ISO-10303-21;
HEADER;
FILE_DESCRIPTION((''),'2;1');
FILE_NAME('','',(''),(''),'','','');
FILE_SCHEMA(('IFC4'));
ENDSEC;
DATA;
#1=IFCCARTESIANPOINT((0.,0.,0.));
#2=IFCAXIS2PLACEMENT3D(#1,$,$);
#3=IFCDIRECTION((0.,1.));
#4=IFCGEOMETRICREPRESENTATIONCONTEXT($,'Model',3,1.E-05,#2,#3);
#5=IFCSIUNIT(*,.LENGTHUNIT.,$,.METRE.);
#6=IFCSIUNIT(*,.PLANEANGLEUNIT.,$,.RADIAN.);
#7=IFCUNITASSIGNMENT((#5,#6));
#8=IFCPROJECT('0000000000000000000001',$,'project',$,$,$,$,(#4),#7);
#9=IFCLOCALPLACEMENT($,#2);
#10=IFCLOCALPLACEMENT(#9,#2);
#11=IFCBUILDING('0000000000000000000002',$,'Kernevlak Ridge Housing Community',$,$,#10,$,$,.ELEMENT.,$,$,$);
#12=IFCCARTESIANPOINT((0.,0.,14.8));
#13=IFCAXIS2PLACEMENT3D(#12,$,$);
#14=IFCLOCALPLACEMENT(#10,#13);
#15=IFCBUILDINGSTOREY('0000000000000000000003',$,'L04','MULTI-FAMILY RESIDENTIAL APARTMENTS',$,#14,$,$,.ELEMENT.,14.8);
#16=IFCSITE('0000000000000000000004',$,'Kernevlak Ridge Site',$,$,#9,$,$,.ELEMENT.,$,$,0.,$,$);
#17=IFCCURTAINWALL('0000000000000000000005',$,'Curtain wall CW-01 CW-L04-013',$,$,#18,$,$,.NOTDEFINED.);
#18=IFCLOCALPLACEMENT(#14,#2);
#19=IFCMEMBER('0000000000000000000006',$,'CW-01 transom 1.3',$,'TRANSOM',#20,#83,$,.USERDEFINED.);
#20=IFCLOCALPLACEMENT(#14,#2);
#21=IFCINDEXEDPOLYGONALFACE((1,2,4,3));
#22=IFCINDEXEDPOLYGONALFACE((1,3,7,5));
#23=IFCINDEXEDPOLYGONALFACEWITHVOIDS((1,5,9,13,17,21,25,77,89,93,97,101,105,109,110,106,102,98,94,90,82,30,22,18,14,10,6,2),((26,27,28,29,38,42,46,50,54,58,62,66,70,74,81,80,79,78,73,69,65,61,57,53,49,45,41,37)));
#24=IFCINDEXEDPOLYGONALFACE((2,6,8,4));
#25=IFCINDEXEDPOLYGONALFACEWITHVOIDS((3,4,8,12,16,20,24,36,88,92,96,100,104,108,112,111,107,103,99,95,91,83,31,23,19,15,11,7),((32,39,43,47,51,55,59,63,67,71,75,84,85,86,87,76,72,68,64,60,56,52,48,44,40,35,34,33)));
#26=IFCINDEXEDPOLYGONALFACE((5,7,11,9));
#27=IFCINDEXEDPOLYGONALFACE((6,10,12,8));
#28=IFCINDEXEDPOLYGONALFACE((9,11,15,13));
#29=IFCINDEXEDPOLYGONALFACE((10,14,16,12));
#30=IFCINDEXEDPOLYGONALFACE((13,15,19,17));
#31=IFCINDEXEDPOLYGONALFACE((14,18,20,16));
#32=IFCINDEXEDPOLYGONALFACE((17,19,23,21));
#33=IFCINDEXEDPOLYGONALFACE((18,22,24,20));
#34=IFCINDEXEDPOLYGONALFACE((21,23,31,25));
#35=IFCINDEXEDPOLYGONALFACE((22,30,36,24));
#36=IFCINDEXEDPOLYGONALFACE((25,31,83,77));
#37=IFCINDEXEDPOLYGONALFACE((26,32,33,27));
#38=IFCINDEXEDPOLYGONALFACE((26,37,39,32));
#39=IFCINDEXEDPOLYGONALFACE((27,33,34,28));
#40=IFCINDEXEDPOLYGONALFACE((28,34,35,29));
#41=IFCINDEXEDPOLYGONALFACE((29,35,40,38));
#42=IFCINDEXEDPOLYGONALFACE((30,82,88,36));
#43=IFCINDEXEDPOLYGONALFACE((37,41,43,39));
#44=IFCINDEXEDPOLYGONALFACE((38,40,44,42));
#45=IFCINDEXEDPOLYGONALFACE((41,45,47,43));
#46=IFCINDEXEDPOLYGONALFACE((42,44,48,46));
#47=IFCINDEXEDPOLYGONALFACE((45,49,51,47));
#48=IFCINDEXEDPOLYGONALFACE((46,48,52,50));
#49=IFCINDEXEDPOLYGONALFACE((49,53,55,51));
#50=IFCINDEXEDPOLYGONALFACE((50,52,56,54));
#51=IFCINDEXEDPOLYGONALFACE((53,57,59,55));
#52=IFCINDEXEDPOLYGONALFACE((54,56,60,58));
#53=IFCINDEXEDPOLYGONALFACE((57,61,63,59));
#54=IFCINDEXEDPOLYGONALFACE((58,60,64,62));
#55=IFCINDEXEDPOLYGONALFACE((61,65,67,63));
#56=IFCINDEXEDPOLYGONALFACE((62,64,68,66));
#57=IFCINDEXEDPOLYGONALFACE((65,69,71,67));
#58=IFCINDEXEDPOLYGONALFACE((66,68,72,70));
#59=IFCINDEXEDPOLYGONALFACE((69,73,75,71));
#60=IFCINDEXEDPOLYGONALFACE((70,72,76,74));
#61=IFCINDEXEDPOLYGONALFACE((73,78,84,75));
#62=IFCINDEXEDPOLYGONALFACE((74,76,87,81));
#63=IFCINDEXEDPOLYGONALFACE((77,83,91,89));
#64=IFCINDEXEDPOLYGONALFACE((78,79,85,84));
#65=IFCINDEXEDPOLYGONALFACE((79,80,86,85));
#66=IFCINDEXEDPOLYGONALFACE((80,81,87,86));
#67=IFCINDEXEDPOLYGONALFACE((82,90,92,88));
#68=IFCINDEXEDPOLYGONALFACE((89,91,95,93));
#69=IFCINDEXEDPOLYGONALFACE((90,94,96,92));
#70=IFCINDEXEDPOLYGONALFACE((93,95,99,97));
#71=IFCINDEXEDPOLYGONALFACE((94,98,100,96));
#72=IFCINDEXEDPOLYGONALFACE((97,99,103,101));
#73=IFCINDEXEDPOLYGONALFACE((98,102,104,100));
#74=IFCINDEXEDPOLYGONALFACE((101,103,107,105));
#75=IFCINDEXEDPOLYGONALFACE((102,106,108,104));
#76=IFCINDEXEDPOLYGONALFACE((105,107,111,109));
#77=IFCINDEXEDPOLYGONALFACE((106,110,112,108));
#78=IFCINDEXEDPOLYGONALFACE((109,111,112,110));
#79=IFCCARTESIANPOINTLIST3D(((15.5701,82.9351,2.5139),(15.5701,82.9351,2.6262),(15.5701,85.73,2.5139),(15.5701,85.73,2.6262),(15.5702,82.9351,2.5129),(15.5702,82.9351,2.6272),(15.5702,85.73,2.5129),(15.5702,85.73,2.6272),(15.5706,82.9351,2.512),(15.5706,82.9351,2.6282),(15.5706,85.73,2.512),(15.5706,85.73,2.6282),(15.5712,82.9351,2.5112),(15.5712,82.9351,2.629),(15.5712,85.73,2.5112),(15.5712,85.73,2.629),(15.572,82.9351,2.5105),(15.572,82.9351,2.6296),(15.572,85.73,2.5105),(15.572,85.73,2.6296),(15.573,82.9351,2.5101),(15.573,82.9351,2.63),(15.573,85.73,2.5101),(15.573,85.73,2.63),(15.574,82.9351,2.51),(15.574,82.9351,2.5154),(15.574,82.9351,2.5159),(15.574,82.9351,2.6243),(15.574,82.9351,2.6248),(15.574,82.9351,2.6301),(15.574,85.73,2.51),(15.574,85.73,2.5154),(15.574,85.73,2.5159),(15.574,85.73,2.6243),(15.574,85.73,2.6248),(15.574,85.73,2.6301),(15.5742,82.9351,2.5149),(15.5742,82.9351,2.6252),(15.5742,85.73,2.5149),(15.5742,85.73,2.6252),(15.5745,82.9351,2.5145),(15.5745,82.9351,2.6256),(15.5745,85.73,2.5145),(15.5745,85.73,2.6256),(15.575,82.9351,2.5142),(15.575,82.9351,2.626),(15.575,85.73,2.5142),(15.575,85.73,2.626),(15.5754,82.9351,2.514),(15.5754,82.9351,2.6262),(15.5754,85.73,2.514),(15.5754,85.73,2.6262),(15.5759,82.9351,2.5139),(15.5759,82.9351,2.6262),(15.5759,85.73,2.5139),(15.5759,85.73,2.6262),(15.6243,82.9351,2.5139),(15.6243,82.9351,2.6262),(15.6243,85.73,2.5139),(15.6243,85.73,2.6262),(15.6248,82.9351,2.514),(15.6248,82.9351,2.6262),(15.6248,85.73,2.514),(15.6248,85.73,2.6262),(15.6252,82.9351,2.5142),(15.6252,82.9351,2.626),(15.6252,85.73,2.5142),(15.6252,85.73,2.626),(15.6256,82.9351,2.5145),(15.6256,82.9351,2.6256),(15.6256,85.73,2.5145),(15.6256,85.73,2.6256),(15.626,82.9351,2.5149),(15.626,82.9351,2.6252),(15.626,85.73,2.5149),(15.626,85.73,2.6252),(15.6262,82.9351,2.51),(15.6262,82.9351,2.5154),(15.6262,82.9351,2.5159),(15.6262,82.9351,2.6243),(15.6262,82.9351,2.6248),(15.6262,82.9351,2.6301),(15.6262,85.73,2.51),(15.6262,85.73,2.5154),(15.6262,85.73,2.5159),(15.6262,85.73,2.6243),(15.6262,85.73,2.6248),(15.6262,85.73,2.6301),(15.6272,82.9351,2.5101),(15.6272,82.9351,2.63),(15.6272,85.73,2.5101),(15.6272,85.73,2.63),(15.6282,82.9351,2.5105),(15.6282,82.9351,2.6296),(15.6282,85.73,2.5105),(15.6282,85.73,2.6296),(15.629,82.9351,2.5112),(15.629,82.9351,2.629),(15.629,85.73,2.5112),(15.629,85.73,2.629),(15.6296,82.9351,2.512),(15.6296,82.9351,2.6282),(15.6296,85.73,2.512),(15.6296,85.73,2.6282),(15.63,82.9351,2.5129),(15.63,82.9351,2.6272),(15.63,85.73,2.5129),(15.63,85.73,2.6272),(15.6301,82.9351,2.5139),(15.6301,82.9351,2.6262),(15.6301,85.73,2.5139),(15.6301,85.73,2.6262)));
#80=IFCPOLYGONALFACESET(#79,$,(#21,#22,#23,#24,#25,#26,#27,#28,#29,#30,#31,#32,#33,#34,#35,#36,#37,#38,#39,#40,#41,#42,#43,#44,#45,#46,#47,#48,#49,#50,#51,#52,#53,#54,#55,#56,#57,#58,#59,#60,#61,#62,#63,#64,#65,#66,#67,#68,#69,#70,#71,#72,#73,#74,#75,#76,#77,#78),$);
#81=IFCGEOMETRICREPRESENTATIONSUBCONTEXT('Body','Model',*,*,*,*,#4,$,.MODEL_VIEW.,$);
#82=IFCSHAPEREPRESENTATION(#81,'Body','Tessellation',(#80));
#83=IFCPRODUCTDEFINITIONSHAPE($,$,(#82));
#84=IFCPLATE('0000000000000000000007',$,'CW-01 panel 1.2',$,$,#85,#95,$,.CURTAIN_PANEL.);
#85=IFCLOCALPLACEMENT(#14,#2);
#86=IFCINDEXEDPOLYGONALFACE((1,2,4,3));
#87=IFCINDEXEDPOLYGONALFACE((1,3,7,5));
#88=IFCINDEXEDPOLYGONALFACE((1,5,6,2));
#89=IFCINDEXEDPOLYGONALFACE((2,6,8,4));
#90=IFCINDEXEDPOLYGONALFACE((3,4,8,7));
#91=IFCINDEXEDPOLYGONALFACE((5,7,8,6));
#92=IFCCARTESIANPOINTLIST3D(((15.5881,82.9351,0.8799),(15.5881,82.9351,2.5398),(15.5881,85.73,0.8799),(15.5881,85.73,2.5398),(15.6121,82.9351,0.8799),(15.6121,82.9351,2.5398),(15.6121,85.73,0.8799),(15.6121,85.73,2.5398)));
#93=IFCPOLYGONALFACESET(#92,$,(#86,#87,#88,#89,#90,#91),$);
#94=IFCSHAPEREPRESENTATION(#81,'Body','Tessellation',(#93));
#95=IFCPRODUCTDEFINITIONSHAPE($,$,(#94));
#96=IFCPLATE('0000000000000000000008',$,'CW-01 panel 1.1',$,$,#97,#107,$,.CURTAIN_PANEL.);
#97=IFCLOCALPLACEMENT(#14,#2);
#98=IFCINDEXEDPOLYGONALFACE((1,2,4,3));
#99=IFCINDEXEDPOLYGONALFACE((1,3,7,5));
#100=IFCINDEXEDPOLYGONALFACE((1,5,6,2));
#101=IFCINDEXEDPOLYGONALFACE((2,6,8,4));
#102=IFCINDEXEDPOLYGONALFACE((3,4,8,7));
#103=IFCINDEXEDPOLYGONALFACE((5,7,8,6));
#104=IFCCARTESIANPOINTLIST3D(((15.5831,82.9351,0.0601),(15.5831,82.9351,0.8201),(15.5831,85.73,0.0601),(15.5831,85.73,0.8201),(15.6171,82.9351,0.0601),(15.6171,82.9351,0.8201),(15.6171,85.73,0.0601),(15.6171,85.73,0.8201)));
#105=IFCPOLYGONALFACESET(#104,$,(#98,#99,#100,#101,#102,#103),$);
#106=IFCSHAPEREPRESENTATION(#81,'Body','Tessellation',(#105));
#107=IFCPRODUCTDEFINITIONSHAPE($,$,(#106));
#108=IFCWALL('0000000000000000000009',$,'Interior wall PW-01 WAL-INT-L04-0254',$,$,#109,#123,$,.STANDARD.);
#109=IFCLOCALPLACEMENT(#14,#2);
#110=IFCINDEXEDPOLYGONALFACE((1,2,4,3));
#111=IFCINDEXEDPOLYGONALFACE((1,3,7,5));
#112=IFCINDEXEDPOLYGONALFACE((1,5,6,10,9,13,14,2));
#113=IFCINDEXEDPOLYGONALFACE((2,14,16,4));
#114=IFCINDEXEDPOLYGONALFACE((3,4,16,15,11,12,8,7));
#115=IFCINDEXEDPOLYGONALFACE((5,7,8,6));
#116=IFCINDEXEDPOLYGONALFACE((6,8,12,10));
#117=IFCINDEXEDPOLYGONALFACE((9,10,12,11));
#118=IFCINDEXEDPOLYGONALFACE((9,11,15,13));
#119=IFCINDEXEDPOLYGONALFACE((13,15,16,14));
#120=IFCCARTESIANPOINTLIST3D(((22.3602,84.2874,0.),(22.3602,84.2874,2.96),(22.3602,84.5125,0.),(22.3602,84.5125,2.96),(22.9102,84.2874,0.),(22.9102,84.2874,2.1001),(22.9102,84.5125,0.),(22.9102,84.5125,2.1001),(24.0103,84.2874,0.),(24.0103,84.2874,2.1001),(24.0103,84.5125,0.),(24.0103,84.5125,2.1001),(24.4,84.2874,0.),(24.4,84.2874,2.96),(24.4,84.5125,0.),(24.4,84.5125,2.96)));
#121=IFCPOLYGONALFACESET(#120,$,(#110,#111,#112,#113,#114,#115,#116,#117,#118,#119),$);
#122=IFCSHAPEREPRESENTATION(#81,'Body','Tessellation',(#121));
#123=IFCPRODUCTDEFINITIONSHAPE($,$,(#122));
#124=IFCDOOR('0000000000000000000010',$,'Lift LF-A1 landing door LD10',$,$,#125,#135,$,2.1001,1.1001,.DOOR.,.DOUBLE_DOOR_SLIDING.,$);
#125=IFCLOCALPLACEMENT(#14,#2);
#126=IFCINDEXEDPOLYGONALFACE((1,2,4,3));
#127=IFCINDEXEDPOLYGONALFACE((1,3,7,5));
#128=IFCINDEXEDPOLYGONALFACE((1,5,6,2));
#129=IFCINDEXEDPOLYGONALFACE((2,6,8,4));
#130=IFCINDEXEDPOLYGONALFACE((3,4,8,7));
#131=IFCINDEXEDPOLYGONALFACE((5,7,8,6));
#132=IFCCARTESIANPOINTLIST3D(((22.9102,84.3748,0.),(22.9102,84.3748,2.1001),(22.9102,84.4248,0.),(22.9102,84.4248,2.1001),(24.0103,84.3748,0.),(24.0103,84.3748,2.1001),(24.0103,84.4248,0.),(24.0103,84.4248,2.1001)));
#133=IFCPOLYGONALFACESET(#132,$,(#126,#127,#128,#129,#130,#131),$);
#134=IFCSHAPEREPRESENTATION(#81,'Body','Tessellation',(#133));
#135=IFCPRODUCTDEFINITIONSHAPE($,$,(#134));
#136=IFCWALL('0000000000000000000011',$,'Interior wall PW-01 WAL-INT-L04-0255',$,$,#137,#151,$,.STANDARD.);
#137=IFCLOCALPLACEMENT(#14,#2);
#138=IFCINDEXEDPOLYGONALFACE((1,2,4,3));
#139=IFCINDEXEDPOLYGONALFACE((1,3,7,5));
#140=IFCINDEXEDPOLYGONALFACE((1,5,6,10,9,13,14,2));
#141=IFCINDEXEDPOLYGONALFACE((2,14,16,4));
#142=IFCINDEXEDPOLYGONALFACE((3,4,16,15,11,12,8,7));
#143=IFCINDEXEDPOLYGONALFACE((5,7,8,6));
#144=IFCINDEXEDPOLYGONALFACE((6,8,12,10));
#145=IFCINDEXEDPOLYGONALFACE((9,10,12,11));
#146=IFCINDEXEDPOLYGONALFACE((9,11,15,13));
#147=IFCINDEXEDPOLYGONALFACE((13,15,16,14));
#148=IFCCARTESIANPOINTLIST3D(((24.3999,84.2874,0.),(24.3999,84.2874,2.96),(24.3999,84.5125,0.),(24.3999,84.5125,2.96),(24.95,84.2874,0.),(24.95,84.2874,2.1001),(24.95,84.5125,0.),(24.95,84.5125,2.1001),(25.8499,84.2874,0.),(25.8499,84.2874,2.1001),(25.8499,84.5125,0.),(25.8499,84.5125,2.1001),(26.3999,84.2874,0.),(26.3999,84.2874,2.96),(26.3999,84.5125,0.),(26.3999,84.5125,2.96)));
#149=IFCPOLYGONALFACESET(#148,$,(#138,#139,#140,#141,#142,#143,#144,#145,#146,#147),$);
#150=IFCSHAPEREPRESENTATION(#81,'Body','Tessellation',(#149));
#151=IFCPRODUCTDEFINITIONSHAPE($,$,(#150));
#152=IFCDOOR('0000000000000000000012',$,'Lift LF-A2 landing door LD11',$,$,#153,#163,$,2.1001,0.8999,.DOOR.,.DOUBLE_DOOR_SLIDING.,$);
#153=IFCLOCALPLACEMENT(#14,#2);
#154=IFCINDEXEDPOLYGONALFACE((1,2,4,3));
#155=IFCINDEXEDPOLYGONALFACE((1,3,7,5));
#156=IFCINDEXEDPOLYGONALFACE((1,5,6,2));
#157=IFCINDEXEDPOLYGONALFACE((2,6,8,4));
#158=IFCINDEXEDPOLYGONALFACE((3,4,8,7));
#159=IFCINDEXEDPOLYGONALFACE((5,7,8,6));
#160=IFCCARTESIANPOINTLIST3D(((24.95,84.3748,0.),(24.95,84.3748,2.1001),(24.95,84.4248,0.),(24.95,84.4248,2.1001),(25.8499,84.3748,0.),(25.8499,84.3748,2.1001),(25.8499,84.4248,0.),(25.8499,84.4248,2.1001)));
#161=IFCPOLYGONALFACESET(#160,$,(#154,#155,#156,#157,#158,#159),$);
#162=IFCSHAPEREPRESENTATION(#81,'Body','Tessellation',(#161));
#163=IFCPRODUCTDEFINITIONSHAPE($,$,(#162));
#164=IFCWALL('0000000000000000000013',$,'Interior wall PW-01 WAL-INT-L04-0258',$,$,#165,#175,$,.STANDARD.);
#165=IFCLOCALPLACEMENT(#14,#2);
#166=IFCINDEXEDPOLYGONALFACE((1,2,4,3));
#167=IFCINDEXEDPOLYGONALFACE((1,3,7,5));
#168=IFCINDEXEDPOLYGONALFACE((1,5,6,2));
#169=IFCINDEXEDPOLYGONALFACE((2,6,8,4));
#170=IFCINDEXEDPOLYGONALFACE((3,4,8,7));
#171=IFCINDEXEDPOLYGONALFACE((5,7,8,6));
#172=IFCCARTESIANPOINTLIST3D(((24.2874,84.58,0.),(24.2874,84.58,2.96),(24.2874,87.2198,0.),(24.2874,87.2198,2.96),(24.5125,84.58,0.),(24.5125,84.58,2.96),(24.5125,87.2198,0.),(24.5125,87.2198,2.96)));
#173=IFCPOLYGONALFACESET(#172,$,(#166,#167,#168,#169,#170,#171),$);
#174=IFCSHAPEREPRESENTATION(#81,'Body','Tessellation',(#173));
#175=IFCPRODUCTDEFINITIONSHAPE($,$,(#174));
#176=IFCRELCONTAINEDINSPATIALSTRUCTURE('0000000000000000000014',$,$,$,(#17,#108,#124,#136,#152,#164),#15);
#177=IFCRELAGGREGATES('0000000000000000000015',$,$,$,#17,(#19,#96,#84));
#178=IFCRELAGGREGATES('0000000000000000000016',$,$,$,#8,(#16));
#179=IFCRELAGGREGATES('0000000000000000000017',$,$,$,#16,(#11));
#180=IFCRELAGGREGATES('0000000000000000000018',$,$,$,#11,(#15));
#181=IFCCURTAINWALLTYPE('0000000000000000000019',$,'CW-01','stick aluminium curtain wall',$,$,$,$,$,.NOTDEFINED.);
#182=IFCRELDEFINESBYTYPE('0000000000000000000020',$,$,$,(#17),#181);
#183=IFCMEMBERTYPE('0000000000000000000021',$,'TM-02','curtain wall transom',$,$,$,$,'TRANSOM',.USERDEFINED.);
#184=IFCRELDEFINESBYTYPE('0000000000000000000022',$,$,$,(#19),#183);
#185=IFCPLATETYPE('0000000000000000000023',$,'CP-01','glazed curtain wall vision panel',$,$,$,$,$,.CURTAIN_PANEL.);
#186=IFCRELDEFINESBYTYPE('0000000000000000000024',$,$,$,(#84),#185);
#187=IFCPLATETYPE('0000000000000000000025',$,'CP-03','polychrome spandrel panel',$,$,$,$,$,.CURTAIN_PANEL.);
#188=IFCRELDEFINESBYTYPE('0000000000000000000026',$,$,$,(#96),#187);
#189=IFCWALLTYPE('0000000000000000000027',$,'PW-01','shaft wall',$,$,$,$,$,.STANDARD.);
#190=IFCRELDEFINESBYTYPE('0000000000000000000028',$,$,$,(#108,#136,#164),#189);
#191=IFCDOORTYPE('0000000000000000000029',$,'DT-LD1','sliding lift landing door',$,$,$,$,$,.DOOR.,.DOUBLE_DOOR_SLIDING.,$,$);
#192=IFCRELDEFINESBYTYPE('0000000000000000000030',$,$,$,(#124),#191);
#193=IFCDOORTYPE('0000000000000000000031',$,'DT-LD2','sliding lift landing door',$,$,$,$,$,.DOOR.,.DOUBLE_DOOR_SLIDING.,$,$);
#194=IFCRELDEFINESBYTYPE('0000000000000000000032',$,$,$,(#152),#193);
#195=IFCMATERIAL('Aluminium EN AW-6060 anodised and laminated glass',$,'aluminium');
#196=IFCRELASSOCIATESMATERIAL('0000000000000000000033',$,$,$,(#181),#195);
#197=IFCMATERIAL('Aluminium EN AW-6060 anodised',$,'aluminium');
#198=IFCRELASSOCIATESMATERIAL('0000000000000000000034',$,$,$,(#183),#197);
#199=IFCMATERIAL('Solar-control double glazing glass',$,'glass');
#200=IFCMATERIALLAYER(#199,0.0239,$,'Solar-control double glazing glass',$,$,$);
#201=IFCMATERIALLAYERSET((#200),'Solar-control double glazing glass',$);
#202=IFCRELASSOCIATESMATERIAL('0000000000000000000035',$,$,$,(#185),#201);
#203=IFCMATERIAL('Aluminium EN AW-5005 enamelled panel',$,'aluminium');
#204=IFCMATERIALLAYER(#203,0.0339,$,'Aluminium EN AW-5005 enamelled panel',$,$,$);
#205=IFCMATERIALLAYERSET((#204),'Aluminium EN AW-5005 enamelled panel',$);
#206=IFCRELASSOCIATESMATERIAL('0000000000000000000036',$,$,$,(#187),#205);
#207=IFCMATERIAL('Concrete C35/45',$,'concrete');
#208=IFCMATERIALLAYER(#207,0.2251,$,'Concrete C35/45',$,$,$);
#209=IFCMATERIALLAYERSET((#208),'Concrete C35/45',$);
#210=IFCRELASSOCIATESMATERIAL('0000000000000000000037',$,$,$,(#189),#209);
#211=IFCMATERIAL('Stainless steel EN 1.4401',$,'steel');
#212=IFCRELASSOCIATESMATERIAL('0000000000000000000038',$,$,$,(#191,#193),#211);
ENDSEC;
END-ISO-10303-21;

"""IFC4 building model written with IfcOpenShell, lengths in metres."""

from ifc_helpers import new_model, si_unit, direction, frame, frame_2d, origin, origin_2d, place, context, subcontext, project, spatial, rectangle, hollow_rectangle, extrude, material, layer, layer_set, material_profile, profile_set, type_object, element, fill, aggregate, save


model = new_model("IFC4")

# Units and contexts
model_context = context("Model", 3, precision=1e-05, world=origin(), true_north=direction((0.0, 1.0)))
body_context = subcontext(model_context, "Body", "Model", "MODEL_VIEW")
ifc_project = project(units=[si_unit("LENGTHUNIT", "METRE"), si_unit("PLANEANGLEUNIT", "RADIAN")], contexts=[model_context])

# Site, building, storey
site_placement = place(None, origin())
site = spatial("IfcSite", under=ifc_project, at=site_placement, Name="Kernevlak Ridge Site", CompositionType="ELEMENT", RefElevation=0.0)
building_placement = place(site_placement, origin())
building = spatial("IfcBuilding", under=site, at=building_placement, Name="Kernevlak Ridge Housing Community", CompositionType="ELEMENT")
storey_placement = place(building_placement, frame((0.0, 0.0, 14.8)))
storey = spatial("IfcBuildingStorey", under=building, at=storey_placement, Name="L04", Description="MULTI-FAMILY RESIDENTIAL APARTMENTS", CompositionType="ELEMENT", Elevation=14.8)

# Shared definitions
ifc_material_1 = material(Name="Concrete C35/45", Category="concrete")

# Curtain wall
ifc_material_2 = material(Name="Aluminium EN AW-6060 anodised and laminated glass", Category="aluminium")
curtain_wall_type = type_object("IfcCurtainWallType", Name="CW-01", Description="stick aluminium curtain wall", PredefinedType="NOTDEFINED", material=ifc_material_2)
curtain_wall_placement = place(storey_placement, origin())
curtain_wall = element("IfcCurtainWall", 1, at=curtain_wall_placement, inside=storey, type_object=curtain_wall_type, Name="Curtain wall CW-01 CW-L04-013", PredefinedType="NOTDEFINED")
ifc_material_3 = material(Name="Aluminium EN AW-6060 anodised", Category="aluminium")

# Member
ifc_material_profile_1 = material_profile(ifc_material_3, hollow_rectangle(XDim=0.0601, YDim=0.1201, WallThickness=0.0039, InnerFilletRadius=0.002, OuterFilletRadius=0.0039, at=origin_2d()), Name="ALU 60x120x4")
ifc_profile_set_1 = profile_set([ifc_material_profile_1], Name="Aluminium EN AW-6060 anodised")
member_type_1 = type_object("IfcMemberType", Name="TM-02", Description="curtain wall transom", ElementType="TRANSOM", PredefinedType="USERDEFINED", material=ifc_profile_set_1)
member_1_placement = place(storey_placement, frame((15.6001, 82.9351, 2.5701), z_axis=(0.0, 1.0, 0.0), x_axis=(-1.0, 0.0, 0.0)))
member_1 = element("IfcMember", 2, at=member_1_placement, type_object=member_type_1, Name="CW-01 transom 1.3", ObjectType="TRANSOM", PredefinedType="USERDEFINED", context=body_context, shape_type="SweptSolid", body=[
    extrude(hollow_rectangle(XDim=0.0601, YDim=0.1201, WallThickness=0.0039, InnerFilletRadius=0.002, OuterFilletRadius=0.0039, at=origin_2d()), origin(), (0.0, 0.0, 1.0), 2.7949),
])

# Plates
ifc_material_4 = material(Name="Solar-control double glazing glass", Category="glass")
ifc_layer_1 = layer(ifc_material_4, 0.0239, Name="Solar-control double glazing glass")
ifc_layer_set_1 = layer_set([ifc_layer_1], Name="Solar-control double glazing glass")
plate_type_1 = type_object("IfcPlateType", Name="CP-01", Description="glazed curtain wall vision panel", PredefinedType="CURTAIN_PANEL", material=ifc_layer_set_1)
plate_1_placement = place(storey_placement, frame((15.6001, 84.3325, 0.8799), z_axis=(0.0, 0.0, 1.0), x_axis=(0.0, 1.0, 0.0)))
plate_1 = element("IfcPlate", 3, at=plate_1_placement, type_object=plate_type_1, Name="CW-01 panel 1.2", PredefinedType="CURTAIN_PANEL", context=body_context, shape_type="SweptSolid", body=[
    extrude(rectangle(XDim=2.7949, YDim=0.0239, at=origin_2d()), origin(), (0.0, 0.0, 1.0), 1.6599),
])
ifc_material_5 = material(Name="Aluminium EN AW-5005 enamelled panel", Category="aluminium")
ifc_layer_2 = layer(ifc_material_5, 0.0339, Name="Aluminium EN AW-5005 enamelled panel")
ifc_layer_set_2 = layer_set([ifc_layer_2], Name="Aluminium EN AW-5005 enamelled panel")
plate_type_2 = type_object("IfcPlateType", Name="CP-03", Description="polychrome spandrel panel", PredefinedType="CURTAIN_PANEL", material=ifc_layer_set_2)
plate_2_placement = place(storey_placement, frame((15.6001, 84.3325, 0.0601), z_axis=(0.0, 0.0, 1.0), x_axis=(0.0, 1.0, 0.0)))
plate_2 = element("IfcPlate", 4, at=plate_2_placement, type_object=plate_type_2, Name="CW-01 panel 1.1", PredefinedType="CURTAIN_PANEL", context=body_context, shape_type="SweptSolid", body=[
    extrude(rectangle(XDim=2.7949, YDim=0.0339, at=origin_2d()), origin(), (0.0, 0.0, 1.0), 0.76),
])
aggregate(curtain_wall, [member_1, plate_2, plate_1])

# Walls, openings, doors
ifc_layer_3 = layer(ifc_material_1, 0.2251, Name="Concrete C35/45")
ifc_layer_set_3 = layer_set([ifc_layer_3], Name="Concrete C35/45")
wall_type_1 = type_object("IfcWallType", Name="PW-01", Description="shaft wall", PredefinedType="STANDARD", material=ifc_layer_set_3)
wall_1_placement = place(storey_placement, frame((22.3601, 84.3999, 0.0), z_axis=(0.0, 0.0, 1.0), x_axis=(1.0, 0.0, 0.0)))
wall_1 = element("IfcWall", 5, at=wall_1_placement, inside=storey, type_object=wall_type_1, Name="Interior wall PW-01 WAL-INT-L04-0254", PredefinedType="STANDARD", context=body_context, shape_type="SweptSolid", body=[
    extrude(rectangle(XDim=2.0398, YDim=0.2251, at=frame_2d((1.02, 0.0))), origin(), (0.0, 0.0, 1.0), 2.96),
])
opening_1_placement = place(wall_1_placement, frame((0.55, 0.0, 0.0)))
opening_1 = element("IfcOpeningElement", 6, at=opening_1_placement, cuts=wall_1, PredefinedType="OPENING", context=body_context, shape_type="SweptSolid", body=[
    extrude(rectangle(XDim=1.1001, YDim=2.1001, at=frame_2d((0.55, 1.05))), frame((0.0, 0.1226, 0.0), z_axis=(0.0, -1.0, 0.0), x_axis=(1.0, 0.0, 0.0)), (0.0, 0.0, 1.0), 0.2451),
])
ifc_material_6 = material(Name="Stainless steel EN 1.4401", Category="steel")
door_type_1 = type_object("IfcDoorType", Name="DT-LD1", Description="sliding lift landing door", OperationType="DOUBLE_DOOR_SLIDING", PredefinedType="DOOR", material=ifc_material_6)
door_1_placement = place(opening_1_placement, origin())
door_1 = element("IfcDoor", 7, at=door_1_placement, inside=storey, type_object=door_type_1, Name="Lift LF-A1 landing door LD10", OperationType="DOUBLE_DOOR_SLIDING", OverallHeight=2.1001, OverallWidth=1.1001, PredefinedType="DOOR", context=body_context, shape_type="SweptSolid", body=[
    extrude(rectangle(XDim=1.1001, YDim=2.1001, at=frame_2d((0.55, 1.05))), frame((0.0, 0.0249, 0.0), z_axis=(0.0, -1.0, 0.0), x_axis=(1.0, 0.0, 0.0)), (0.0, 0.0, 1.0), 0.05),
])
fill(opening_1, door_1)
wall_2_placement = place(storey_placement, frame((24.3999, 84.3999, 0.0), z_axis=(0.0, 0.0, 1.0), x_axis=(1.0, 0.0, 0.0)))
wall_2 = element("IfcWall", 8, at=wall_2_placement, inside=storey, type_object=wall_type_1, Name="Interior wall PW-01 WAL-INT-L04-0255", PredefinedType="STANDARD", context=body_context, shape_type="SweptSolid", body=[
    extrude(rectangle(XDim=2.0, YDim=0.2251, at=frame_2d((1.0, 0.0))), origin(), (0.0, 0.0, 1.0), 2.96),
])
opening_2_placement = place(wall_2_placement, frame((0.55, 0.0, 0.0)))
opening_2 = element("IfcOpeningElement", 9, at=opening_2_placement, cuts=wall_2, PredefinedType="OPENING", context=body_context, shape_type="SweptSolid", body=[
    extrude(rectangle(XDim=0.8999, YDim=2.1001, at=frame_2d((0.45, 1.05))), frame((0.0, 0.1226, 0.0), z_axis=(0.0, -1.0, 0.0), x_axis=(1.0, 0.0, 0.0)), (0.0, 0.0, 1.0), 0.2451),
])
door_type_2 = type_object("IfcDoorType", Name="DT-LD2", Description="sliding lift landing door", OperationType="DOUBLE_DOOR_SLIDING", PredefinedType="DOOR", material=ifc_material_6)
door_2_placement = place(opening_2_placement, origin())
door_2 = element("IfcDoor", 10, at=door_2_placement, inside=storey, type_object=door_type_2, Name="Lift LF-A2 landing door LD11", OperationType="DOUBLE_DOOR_SLIDING", OverallHeight=2.1001, OverallWidth=0.8999, PredefinedType="DOOR", context=body_context, shape_type="SweptSolid", body=[
    extrude(rectangle(XDim=0.8999, YDim=2.1001, at=frame_2d((0.45, 1.05))), frame((0.0, 0.0249, 0.0), z_axis=(0.0, -1.0, 0.0), x_axis=(1.0, 0.0, 0.0)), (0.0, 0.0, 1.0), 0.05),
])
fill(opening_2, door_2)

# Wall
wall_3_placement = place(storey_placement, frame((24.3999, 84.5801, 0.0), z_axis=(0.0, 0.0, 1.0), x_axis=(0.0, 1.0, 0.0)))
element("IfcWall", 11, at=wall_3_placement, inside=storey, type_object=wall_type_1, Name="Interior wall PW-01 WAL-INT-L04-0258", PredefinedType="STANDARD", context=body_context, shape_type="SweptSolid", body=[
    extrude(rectangle(XDim=2.6399, YDim=0.2251, at=frame_2d((1.3198, 0.0))), origin(), (0.0, 0.0, 1.0), 2.96),
])

save(model, "model.ifc")
